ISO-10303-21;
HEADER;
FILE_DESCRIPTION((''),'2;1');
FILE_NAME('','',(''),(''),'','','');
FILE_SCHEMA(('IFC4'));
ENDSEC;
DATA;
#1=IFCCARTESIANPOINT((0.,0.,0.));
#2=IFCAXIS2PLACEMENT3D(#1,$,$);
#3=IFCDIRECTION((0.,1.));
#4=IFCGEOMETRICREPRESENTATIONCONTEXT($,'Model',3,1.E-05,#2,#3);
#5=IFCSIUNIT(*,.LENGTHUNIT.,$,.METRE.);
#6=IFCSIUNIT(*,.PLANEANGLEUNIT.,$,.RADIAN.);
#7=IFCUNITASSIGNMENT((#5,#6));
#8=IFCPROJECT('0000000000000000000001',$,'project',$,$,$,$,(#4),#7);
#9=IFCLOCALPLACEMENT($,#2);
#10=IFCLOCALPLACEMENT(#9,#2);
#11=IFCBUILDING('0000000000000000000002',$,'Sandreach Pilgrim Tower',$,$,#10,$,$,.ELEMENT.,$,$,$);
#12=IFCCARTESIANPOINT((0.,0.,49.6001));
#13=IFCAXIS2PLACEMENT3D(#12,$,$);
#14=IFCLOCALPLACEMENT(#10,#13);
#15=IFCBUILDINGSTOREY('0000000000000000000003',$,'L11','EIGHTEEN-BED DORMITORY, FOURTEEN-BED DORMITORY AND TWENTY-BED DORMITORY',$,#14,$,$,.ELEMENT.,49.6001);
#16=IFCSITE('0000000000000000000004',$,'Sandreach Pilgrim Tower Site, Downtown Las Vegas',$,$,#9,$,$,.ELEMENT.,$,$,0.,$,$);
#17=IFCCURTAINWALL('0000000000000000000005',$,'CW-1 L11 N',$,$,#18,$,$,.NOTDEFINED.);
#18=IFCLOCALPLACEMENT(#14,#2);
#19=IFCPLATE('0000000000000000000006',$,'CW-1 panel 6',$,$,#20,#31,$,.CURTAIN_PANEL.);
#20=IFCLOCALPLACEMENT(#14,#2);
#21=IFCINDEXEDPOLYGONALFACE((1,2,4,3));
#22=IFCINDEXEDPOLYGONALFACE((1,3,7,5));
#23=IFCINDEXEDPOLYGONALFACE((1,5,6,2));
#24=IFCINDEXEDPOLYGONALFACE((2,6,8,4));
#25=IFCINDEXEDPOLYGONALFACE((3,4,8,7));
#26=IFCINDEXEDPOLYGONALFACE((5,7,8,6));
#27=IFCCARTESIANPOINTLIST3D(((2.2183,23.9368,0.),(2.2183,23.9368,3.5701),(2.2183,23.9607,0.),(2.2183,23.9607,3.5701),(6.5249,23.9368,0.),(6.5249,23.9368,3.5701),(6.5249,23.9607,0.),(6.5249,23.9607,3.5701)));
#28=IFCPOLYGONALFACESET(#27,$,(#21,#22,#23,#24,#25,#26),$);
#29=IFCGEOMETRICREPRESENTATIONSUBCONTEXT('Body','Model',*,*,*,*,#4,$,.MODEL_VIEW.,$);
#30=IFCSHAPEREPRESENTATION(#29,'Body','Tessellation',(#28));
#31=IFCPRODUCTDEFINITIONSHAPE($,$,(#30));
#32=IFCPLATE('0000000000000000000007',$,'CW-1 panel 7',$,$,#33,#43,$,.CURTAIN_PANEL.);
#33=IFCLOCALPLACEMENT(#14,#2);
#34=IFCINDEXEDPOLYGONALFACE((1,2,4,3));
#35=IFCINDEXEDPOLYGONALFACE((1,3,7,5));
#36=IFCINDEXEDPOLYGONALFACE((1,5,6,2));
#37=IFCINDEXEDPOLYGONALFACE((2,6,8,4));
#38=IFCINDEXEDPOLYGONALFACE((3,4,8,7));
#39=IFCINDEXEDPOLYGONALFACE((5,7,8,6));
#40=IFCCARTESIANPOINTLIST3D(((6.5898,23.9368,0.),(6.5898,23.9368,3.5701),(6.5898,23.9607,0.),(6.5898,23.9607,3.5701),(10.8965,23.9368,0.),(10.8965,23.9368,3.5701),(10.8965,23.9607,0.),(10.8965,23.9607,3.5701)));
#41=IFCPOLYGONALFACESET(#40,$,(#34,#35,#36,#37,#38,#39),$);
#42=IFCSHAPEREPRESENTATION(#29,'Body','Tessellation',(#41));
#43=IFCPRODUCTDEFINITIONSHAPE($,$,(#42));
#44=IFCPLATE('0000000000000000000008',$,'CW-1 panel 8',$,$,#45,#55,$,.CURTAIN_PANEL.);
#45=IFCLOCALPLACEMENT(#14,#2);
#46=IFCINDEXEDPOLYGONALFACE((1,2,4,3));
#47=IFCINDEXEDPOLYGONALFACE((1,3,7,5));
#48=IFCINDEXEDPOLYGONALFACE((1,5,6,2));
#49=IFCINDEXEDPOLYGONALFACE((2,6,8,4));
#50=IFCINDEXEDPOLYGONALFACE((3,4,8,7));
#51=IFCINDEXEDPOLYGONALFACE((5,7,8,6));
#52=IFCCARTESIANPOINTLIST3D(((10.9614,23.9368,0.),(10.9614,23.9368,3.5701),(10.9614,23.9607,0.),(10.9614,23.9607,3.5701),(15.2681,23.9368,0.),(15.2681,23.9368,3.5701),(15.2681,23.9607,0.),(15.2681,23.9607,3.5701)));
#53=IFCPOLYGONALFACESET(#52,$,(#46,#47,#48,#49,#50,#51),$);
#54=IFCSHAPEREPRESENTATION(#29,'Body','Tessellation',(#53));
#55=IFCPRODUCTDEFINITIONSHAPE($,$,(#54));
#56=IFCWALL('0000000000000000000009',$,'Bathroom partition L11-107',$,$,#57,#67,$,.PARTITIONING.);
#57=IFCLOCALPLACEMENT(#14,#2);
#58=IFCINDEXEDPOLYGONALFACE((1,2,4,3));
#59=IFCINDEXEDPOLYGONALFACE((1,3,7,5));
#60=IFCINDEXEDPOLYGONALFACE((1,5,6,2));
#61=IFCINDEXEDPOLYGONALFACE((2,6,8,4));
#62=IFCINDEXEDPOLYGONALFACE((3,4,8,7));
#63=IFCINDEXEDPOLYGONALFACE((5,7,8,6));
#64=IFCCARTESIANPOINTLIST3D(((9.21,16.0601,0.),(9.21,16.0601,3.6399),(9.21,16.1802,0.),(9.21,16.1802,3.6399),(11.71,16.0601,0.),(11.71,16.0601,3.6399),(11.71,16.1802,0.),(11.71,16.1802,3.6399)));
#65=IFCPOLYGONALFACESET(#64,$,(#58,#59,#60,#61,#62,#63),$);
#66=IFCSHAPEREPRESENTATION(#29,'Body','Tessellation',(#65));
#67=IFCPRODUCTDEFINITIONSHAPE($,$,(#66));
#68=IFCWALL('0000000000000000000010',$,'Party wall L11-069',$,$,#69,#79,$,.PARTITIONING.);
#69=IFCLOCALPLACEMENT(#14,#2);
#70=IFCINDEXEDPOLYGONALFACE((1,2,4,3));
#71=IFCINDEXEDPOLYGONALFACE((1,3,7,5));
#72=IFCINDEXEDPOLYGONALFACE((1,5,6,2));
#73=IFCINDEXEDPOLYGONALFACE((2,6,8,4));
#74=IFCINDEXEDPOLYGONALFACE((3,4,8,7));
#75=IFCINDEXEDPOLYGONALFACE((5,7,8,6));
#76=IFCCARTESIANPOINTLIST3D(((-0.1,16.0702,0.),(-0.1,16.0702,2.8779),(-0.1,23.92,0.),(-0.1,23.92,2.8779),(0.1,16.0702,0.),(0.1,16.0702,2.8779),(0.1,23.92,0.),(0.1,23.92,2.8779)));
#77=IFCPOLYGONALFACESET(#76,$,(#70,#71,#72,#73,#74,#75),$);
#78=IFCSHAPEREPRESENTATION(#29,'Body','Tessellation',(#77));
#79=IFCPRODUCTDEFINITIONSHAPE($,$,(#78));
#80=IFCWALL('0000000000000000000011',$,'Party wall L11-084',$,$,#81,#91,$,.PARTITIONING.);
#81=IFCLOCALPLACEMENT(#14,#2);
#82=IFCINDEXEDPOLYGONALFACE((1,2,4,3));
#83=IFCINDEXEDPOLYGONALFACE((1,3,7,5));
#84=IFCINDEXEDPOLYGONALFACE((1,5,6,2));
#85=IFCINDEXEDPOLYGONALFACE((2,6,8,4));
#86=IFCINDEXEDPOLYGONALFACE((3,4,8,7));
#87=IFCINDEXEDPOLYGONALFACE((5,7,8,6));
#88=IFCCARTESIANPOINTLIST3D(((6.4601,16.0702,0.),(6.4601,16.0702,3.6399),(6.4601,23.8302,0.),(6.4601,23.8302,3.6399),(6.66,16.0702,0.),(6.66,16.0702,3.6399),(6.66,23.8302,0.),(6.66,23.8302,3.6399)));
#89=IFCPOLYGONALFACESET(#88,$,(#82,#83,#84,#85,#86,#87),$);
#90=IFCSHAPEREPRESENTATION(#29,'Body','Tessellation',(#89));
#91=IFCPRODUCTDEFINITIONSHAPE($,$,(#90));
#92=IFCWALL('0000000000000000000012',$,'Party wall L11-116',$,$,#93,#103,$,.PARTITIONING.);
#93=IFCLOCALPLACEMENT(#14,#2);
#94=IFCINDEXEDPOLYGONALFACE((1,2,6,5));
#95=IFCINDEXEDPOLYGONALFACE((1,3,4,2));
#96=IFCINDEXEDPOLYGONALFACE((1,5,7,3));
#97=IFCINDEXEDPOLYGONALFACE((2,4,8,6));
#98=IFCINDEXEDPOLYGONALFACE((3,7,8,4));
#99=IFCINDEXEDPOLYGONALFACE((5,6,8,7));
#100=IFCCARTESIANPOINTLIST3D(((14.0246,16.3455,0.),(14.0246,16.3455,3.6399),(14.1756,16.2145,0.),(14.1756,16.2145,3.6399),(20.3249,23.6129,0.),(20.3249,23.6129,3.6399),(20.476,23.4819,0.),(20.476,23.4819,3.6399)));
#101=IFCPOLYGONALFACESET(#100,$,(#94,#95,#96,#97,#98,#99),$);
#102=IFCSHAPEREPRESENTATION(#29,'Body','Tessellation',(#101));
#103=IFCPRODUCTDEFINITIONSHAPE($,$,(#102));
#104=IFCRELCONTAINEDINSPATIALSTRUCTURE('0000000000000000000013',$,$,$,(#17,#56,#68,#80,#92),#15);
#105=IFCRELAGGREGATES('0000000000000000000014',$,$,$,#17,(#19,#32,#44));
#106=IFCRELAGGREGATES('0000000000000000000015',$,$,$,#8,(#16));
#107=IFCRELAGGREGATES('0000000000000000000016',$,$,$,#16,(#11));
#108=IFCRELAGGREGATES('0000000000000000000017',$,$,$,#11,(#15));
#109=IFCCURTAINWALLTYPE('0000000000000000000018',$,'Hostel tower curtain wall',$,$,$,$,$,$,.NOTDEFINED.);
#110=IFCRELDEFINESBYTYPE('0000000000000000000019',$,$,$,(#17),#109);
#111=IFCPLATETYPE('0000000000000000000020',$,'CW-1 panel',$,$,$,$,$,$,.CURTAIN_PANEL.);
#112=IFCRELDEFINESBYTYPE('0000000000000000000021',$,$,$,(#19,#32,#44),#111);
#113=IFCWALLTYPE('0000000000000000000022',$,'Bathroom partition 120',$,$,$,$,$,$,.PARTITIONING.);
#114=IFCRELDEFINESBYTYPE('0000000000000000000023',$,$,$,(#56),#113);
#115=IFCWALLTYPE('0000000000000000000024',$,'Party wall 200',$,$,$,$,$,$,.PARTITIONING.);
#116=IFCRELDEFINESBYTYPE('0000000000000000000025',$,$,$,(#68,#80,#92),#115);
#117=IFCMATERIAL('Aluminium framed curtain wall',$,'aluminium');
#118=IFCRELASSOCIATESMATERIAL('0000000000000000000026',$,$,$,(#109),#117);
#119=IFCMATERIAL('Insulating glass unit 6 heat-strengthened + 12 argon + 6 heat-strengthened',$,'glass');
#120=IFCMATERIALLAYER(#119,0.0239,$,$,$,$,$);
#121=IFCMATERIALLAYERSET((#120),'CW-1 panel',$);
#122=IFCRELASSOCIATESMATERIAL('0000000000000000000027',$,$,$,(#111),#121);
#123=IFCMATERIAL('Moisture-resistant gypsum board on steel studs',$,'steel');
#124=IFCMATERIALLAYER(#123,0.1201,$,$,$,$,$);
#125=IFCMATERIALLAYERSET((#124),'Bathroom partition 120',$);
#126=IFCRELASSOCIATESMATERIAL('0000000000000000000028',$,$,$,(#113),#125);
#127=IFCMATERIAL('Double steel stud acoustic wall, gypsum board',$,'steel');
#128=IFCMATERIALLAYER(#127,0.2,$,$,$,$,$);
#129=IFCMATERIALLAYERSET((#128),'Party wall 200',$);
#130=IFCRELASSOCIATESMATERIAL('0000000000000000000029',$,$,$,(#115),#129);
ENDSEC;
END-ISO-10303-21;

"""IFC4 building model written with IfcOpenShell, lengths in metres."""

from ifc_helpers import new_model, si_unit, direction, frame, frame_2d, origin, origin_2d, place, context, subcontext, project, spatial, rectangle, extrude, material, layer, layer_set, type_object, element, aggregate, save


model = new_model("IFC4")

# Units and contexts
model_context = context("Model", 3, precision=1e-05, world=origin(), true_north=direction((0.0, 1.0)))
body_context = subcontext(model_context, "Body", "Model", "MODEL_VIEW")
ifc_project = project(units=[si_unit("LENGTHUNIT", "METRE"), si_unit("PLANEANGLEUNIT", "RADIAN")], contexts=[model_context])

# Site, building, storey
site_placement = place(None, origin())
site = spatial("IfcSite", under=ifc_project, at=site_placement, Name="Sandreach Pilgrim Tower Site, Downtown Las Vegas", CompositionType="ELEMENT", RefElevation=0.0)
building_placement = place(site_placement, origin())
building = spatial("IfcBuilding", under=site, at=building_placement, Name="Sandreach Pilgrim Tower", CompositionType="ELEMENT")
storey_placement = place(building_placement, frame((0.0, 0.0, 49.6001)))
storey = spatial("IfcBuildingStorey", under=building, at=storey_placement, Name="L11", Description="EIGHTEEN-BED DORMITORY, FOURTEEN-BED DORMITORY AND TWENTY-BED DORMITORY", CompositionType="ELEMENT", Elevation=49.6001)

# Curtain wall
ifc_material_1 = material(Name="Aluminium framed curtain wall", Category="aluminium")
curtain_wall_type = type_object("IfcCurtainWallType", Name="Hostel tower curtain wall", PredefinedType="NOTDEFINED", material=ifc_material_1)
curtain_wall_placement = place(storey_placement, origin())
curtain_wall = element("IfcCurtainWall", 1, at=curtain_wall_placement, inside=storey, type_object=curtain_wall_type, Name="CW-1 L11 N", PredefinedType="NOTDEFINED")

# Plates
ifc_material_2 = material(Name="Insulating glass unit 6 heat-strengthened + 12 argon + 6 heat-strengthened", Category="glass")
ifc_layer_1 = layer(ifc_material_2, 0.0239)
ifc_layer_set_1 = layer_set([ifc_layer_1], Name="CW-1 panel")
plate_type = type_object("IfcPlateType", Name="CW-1 panel", PredefinedType="CURTAIN_PANEL", material=ifc_layer_set_1)
plate_1_placement = place(storey_placement, frame((4.3716, 23.9487, 0.0), z_axis=(0.0, 0.0, 1.0), x_axis=(1.0, 0.0, 0.0)))
plate_1 = element("IfcPlate", 2, at=plate_1_placement, type_object=plate_type, Name="CW-1 panel 6", PredefinedType="CURTAIN_PANEL", context=body_context, shape_type="SweptSolid", body=[
    extrude(rectangle(XDim=4.3066, YDim=0.0239, at=origin_2d()), origin(), (0.0, 0.0, 1.0), 3.5701),
])
plate_2_placement = place(storey_placement, frame((8.7432, 23.9487, 0.0), z_axis=(0.0, 0.0, 1.0), x_axis=(1.0, 0.0, 0.0)))
plate_2 = element("IfcPlate", 3, at=plate_2_placement, type_object=plate_type, Name="CW-1 panel 7", PredefinedType="CURTAIN_PANEL", context=body_context, shape_type="SweptSolid", body=[
    extrude(rectangle(XDim=4.3066, YDim=0.0239, at=origin_2d()), origin(), (0.0, 0.0, 1.0), 3.5701),
])
plate_3_placement = place(storey_placement, frame((13.1147, 23.9487, 0.0), z_axis=(0.0, 0.0, 1.0), x_axis=(1.0, 0.0, 0.0)))
plate_3 = element("IfcPlate", 4, at=plate_3_placement, type_object=plate_type, Name="CW-1 panel 8", PredefinedType="CURTAIN_PANEL", context=body_context, shape_type="SweptSolid", body=[
    extrude(rectangle(XDim=4.3066, YDim=0.0239, at=origin_2d()), origin(), (0.0, 0.0, 1.0), 3.5701),
])
aggregate(curtain_wall, [plate_1, plate_2, plate_3])

# Walls
ifc_material_3 = material(Name="Moisture-resistant gypsum board on steel studs", Category="steel")
ifc_layer_2 = layer(ifc_material_3, 0.1201)
ifc_layer_set_2 = layer_set([ifc_layer_2], Name="Bathroom partition 120")
wall_type_1 = type_object("IfcWallType", Name="Bathroom partition 120", PredefinedType="PARTITIONING", material=ifc_layer_set_2)
wall_1_placement = place(storey_placement, frame((11.71, 16.1201, 0.0), z_axis=(0.0, 0.0, 1.0), x_axis=(-1.0, 0.0, 0.0)))
element("IfcWall", 5, at=wall_1_placement, inside=storey, type_object=wall_type_1, Name="Bathroom partition L11-107", PredefinedType="PARTITIONING", context=body_context, shape_type="SweptSolid", body=[
    extrude(rectangle(XDim=2.5, YDim=0.1201, at=frame_2d((1.25, 0.0))), origin(), (0.0, 0.0, 1.0), 3.6399),
])
ifc_material_4 = material(Name="Double steel stud acoustic wall, gypsum board", Category="steel")
ifc_layer_3 = layer(ifc_material_4, 0.2)
ifc_layer_set_3 = layer_set([ifc_layer_3], Name="Party wall 200")
wall_type_2 = type_object("IfcWallType", Name="Party wall 200", PredefinedType="PARTITIONING", material=ifc_layer_set_3)
wall_2_placement = place(storey_placement, frame((0.0, 23.9199, 0.0), z_axis=(0.0, 0.0, 1.0), x_axis=(0.0, -1.0, 0.0)))
element("IfcWall", 6, at=wall_2_placement, inside=storey, type_object=wall_type_2, Name="Party wall L11-069", PredefinedType="PARTITIONING", context=body_context, shape_type="SweptSolid", body=[
    extrude(rectangle(XDim=7.8499, YDim=0.2, at=frame_2d((3.9248, 0.0))), origin(), (0.0, 0.0, 1.0), 2.8779),
])
wall_3_placement = place(storey_placement, frame((6.5601, 23.8301, 0.0), z_axis=(0.0, 0.0, 1.0), x_axis=(0.0, -1.0, 0.0)))
element("IfcWall", 7, at=wall_3_placement, inside=storey, type_object=wall_type_2, Name="Party wall L11-084", PredefinedType="PARTITIONING", context=body_context, shape_type="SweptSolid", body=[
    extrude(rectangle(XDim=7.76, YDim=0.2, at=frame_2d((3.8799, 0.0))), origin(), (0.0, 0.0, 1.0), 3.6399),
])
wall_4_placement = place(storey_placement, frame((14.1001, 16.28, 0.0), z_axis=(0.0, 0.0, 1.0), x_axis=(0.655046, 0.755589, 0.0)))
element("IfcWall", 8, at=wall_4_placement, inside=storey, type_object=wall_type_2, Name="Party wall L11-116", PredefinedType="PARTITIONING", context=body_context, shape_type="SweptSolid", body=[
    extrude(rectangle(XDim=9.6182, YDim=0.2, at=frame_2d((4.8091, 0.0))), origin(), (0.0, 0.0, 1.0), 3.6399),
])

save(model, "model.ifc")
